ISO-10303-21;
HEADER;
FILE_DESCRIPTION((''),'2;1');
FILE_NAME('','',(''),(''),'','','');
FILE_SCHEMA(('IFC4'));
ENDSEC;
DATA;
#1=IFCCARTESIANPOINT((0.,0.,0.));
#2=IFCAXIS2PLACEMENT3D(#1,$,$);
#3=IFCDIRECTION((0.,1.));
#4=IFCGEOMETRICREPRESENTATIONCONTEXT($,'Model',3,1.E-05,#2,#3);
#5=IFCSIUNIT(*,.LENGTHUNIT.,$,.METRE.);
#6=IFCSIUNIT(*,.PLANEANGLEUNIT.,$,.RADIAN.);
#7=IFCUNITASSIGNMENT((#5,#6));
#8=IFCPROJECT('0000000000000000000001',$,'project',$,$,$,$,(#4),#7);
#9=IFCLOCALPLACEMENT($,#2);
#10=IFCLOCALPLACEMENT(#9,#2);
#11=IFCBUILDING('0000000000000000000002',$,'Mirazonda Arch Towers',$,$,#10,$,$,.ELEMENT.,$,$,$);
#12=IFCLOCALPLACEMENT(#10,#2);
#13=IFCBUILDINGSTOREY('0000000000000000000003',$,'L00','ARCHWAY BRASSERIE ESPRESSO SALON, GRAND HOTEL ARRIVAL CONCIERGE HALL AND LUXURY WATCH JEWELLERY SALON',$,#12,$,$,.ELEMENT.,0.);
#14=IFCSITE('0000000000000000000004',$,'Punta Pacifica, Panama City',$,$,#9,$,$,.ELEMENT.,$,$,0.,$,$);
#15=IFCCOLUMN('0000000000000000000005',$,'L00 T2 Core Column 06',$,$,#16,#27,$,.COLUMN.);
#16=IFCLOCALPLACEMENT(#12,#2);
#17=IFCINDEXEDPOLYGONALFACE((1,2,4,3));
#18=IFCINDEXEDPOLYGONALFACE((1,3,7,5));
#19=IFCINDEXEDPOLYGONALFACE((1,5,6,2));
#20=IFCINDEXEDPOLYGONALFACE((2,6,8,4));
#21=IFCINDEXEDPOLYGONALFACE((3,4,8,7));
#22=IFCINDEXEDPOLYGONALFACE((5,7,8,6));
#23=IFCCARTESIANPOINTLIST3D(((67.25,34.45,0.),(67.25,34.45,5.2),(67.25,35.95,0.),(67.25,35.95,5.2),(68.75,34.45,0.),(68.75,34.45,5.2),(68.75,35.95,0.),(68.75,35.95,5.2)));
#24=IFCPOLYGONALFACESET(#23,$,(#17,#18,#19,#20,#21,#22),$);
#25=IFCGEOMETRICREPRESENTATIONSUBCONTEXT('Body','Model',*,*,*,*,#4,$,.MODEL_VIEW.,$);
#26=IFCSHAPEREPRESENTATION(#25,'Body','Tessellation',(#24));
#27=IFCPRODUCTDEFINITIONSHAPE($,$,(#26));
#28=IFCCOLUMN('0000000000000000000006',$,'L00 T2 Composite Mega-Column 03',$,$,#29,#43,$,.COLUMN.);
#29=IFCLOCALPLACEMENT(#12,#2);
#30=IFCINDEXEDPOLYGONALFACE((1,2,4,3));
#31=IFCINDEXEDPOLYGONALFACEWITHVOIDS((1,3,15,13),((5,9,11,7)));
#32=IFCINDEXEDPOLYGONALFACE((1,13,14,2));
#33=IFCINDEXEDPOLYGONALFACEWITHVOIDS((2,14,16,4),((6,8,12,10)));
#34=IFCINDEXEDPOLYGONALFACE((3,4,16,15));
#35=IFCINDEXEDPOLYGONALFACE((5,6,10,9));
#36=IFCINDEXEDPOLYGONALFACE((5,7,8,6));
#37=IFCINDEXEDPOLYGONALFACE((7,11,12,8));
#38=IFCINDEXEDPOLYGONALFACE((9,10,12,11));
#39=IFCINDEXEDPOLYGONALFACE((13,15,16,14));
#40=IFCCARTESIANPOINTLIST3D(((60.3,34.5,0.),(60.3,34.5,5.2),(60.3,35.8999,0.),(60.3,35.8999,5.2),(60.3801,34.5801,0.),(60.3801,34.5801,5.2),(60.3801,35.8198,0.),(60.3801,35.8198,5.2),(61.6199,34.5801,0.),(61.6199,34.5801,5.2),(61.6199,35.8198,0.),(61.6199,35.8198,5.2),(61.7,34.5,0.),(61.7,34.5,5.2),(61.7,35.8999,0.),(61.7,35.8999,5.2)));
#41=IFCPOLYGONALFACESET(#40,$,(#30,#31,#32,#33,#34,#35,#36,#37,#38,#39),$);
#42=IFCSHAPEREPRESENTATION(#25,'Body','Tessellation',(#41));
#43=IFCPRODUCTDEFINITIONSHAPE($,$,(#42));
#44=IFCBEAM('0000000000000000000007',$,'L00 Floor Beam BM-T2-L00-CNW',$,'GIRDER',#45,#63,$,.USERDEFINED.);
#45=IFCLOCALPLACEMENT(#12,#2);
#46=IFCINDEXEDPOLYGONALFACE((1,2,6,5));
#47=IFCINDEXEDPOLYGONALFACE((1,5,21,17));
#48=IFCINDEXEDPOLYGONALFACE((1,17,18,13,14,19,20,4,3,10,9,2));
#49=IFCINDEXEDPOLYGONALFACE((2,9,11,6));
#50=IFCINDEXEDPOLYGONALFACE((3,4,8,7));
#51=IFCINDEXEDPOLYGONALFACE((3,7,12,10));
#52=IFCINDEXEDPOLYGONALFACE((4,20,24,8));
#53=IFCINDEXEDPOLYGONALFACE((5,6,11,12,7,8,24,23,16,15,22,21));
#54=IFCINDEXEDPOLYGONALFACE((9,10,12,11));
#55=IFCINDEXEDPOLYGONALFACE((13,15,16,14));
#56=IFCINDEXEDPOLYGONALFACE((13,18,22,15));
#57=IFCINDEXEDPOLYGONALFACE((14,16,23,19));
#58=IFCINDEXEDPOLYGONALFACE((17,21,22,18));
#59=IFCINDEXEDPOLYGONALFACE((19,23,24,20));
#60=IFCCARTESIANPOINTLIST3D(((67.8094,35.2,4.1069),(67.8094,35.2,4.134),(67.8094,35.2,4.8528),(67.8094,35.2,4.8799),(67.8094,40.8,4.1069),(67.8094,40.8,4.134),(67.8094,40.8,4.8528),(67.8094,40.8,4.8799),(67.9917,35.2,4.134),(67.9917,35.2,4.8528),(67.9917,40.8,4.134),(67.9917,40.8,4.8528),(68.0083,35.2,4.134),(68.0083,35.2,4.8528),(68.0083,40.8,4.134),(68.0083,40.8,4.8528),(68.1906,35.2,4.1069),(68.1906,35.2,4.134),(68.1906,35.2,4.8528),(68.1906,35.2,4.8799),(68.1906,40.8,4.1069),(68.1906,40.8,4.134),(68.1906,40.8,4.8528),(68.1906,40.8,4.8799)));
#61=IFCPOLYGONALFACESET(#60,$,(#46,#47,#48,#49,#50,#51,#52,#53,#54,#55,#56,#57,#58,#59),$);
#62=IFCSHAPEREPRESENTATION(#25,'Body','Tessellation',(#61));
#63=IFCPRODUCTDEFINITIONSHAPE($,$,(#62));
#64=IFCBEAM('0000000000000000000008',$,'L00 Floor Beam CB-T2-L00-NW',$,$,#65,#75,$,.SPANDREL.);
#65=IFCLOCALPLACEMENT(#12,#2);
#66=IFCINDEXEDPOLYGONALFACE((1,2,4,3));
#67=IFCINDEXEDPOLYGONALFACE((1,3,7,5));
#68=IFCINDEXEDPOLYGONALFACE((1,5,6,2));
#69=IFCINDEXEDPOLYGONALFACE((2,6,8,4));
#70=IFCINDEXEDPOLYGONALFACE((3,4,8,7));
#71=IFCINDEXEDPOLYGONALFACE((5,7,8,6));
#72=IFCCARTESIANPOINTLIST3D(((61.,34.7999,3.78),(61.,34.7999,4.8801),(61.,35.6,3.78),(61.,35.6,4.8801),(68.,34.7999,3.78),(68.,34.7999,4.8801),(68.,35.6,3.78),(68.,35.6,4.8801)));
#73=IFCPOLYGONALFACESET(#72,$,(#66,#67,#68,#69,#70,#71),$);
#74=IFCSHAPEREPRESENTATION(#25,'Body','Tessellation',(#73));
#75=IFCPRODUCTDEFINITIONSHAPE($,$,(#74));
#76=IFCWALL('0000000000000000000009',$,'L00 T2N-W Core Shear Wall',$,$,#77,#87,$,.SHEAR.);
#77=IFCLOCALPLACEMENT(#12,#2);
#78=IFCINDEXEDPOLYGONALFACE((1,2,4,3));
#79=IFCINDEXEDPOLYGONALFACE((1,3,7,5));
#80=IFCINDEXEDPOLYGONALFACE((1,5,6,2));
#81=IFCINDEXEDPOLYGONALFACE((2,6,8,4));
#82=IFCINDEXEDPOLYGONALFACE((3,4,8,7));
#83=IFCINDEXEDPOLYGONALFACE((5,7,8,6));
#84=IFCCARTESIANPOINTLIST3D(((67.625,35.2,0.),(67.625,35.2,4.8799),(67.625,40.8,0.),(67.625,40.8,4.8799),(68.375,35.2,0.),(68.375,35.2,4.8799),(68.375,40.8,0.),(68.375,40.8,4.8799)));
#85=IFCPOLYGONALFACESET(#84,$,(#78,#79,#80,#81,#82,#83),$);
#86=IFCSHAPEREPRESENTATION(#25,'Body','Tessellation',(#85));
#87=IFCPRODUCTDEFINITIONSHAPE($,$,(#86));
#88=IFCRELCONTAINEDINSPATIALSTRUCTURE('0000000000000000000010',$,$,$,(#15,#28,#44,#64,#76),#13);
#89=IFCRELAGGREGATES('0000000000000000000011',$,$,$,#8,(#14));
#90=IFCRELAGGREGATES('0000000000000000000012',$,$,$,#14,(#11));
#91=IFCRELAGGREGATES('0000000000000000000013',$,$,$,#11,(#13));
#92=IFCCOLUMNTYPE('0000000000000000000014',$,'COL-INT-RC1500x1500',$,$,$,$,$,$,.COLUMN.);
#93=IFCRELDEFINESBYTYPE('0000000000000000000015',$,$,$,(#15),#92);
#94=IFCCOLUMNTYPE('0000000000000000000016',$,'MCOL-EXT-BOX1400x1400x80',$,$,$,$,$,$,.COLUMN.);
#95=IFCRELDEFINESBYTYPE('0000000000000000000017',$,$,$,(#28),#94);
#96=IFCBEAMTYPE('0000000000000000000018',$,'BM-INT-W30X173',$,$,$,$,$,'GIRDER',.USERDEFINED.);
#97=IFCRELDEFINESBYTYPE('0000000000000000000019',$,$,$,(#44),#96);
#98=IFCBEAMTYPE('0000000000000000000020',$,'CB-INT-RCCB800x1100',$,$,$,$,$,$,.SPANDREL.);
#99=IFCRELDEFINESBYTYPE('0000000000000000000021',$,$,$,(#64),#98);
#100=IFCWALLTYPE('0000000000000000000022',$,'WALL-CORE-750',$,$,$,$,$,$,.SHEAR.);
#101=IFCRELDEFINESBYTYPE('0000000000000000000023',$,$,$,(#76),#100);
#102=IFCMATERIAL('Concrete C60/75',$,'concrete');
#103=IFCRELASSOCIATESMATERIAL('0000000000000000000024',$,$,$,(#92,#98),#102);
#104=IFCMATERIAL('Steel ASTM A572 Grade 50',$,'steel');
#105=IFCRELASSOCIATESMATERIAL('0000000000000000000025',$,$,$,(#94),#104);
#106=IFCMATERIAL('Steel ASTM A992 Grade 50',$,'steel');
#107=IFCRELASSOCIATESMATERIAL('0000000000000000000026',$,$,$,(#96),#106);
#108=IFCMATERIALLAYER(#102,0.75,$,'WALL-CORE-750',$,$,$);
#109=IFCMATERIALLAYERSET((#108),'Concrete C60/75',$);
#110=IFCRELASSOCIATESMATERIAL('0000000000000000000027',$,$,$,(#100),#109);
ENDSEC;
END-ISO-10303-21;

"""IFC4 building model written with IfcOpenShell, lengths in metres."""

from ifc_helpers import new_model, si_unit, direction, frame, frame_2d, origin, origin_2d, place, context, subcontext, project, spatial, rectangle, hollow_rectangle, i_section, extrude, material, layer, layer_set, material_profile, profile_set, type_object, element, save


model = new_model("IFC4")

# Units and contexts
model_context = context("Model", 3, precision=1e-05, world=origin(), true_north=direction((0.0, 1.0)))
body_context = subcontext(model_context, "Body", "Model", "MODEL_VIEW")
ifc_project = project(units=[si_unit("LENGTHUNIT", "METRE"), si_unit("PLANEANGLEUNIT", "RADIAN")], contexts=[model_context])

# Site, building, storey
site_placement = place(None, origin())
site = spatial("IfcSite", under=ifc_project, at=site_placement, Name="Punta Pacifica, Panama City", CompositionType="ELEMENT", RefElevation=0.0)
building_placement = place(site_placement, origin())
building = spatial("IfcBuilding", under=site, at=building_placement, Name="Mirazonda Arch Towers", CompositionType="ELEMENT")
storey_placement = place(building_placement, origin())
storey = spatial("IfcBuildingStorey", under=building, at=storey_placement, Name="L00", Description="ARCHWAY BRASSERIE ESPRESSO SALON, GRAND HOTEL ARRIVAL CONCIERGE HALL AND LUXURY WATCH JEWELLERY SALON", CompositionType="ELEMENT", Elevation=0.0)

# Columns
ifc_material_1 = material(Name="Concrete C60/75", Category="concrete")
ifc_material_profile_1 = material_profile(ifc_material_1, rectangle(XDim=1.5, YDim=1.5, at=origin_2d()), Name="RC1500x1500")
ifc_profile_set_1 = profile_set([ifc_material_profile_1], Name="Concrete C60/75")
column_type_1 = type_object("IfcColumnType", Name="COL-INT-RC1500x1500", PredefinedType="COLUMN", material=ifc_profile_set_1)
column_1_placement = place(storey_placement, frame((68.0, 35.2, 0.0), z_axis=(0.0, 0.0, 1.0), x_axis=(1.0, 0.0, 0.0)))
element("IfcColumn", 1, at=column_1_placement, inside=storey, type_object=column_type_1, Name="L00 T2 Core Column 06", PredefinedType="COLUMN", context=body_context, shape_type="SweptSolid", body=[
    extrude(rectangle(XDim=1.5, YDim=1.5, at=origin_2d()), origin(), (0.0, 0.0, 1.0), 5.2),
])
ifc_material_2 = material(Name="Steel ASTM A572 Grade 50", Category="steel")
ifc_material_profile_2 = material_profile(ifc_material_2, hollow_rectangle(XDim=1.3999, YDim=1.3999, WallThickness=0.0801, at=origin_2d()), Name="BOX1400x1400x80")
ifc_profile_set_2 = profile_set([ifc_material_profile_2], Name="Steel ASTM A572 Grade 50")
column_type_2 = type_object("IfcColumnType", Name="MCOL-EXT-BOX1400x1400x80", PredefinedType="COLUMN", material=ifc_profile_set_2)
column_2_placement = place(storey_placement, frame((61.0, 35.2, 0.0), z_axis=(0.0, 0.0, 1.0), x_axis=(1.0, 0.0, 0.0)))
element("IfcColumn", 2, at=column_2_placement, inside=storey, type_object=column_type_2, Name="L00 T2 Composite Mega-Column 03", PredefinedType="COLUMN", context=body_context, shape_type="SweptSolid", body=[
    extrude(hollow_rectangle(XDim=1.3999, YDim=1.3999, WallThickness=0.0801, at=origin_2d()), origin(), (0.0, 0.0, 1.0), 5.2),
])

# Beams
ifc_material_3 = material(Name="Steel ASTM A992 Grade 50", Category="steel")
ifc_material_profile_3 = material_profile(ifc_material_3, i_section(OverallWidth=0.3811, OverallDepth=0.7729, WebThickness=0.0166, FlangeThickness=0.0271, at=origin_2d()), Name="W30X173")
ifc_profile_set_3 = profile_set([ifc_material_profile_3], Name="Steel ASTM A992 Grade 50")
beam_type_1 = type_object("IfcBeamType", Name="BM-INT-W30X173", ElementType="GIRDER", PredefinedType="USERDEFINED", material=ifc_profile_set_3)
beam_1_placement = place(storey_placement, frame((68.0, 35.2, 4.4934), z_axis=(0.0, 1.0, 0.0), x_axis=(-1.0, 0.0, 0.0)))
element("IfcBeam", 3, at=beam_1_placement, inside=storey, type_object=beam_type_1, Name="L00 Floor Beam BM-T2-L00-CNW", ObjectType="GIRDER", PredefinedType="USERDEFINED", context=body_context, shape_type="SweptSolid", body=[
    extrude(i_section(OverallWidth=0.3811, OverallDepth=0.7729, WebThickness=0.0166, FlangeThickness=0.0271, at=origin_2d()), origin(), (0.0, 0.0, 1.0), 5.6001),
])
ifc_material_profile_4 = material_profile(ifc_material_1, rectangle(XDim=0.8, YDim=1.1001, at=origin_2d()), Name="RCCB800x1100")
ifc_profile_set_4 = profile_set([ifc_material_profile_4], Name="Concrete C60/75")
beam_type_2 = type_object("IfcBeamType", Name="CB-INT-RCCB800x1100", PredefinedType="SPANDREL", material=ifc_profile_set_4)
beam_2_placement = place(storey_placement, frame((61.0, 35.2, 4.3301), z_axis=(1.0, 0.0, 0.0), x_axis=(0.0, 1.0, 0.0)))
element("IfcBeam", 4, at=beam_2_placement, inside=storey, type_object=beam_type_2, Name="L00 Floor Beam CB-T2-L00-NW", PredefinedType="SPANDREL", context=body_context, shape_type="SweptSolid", body=[
    extrude(rectangle(XDim=0.8, YDim=1.1001, at=origin_2d()), origin(), (0.0, 0.0, 1.0), 7.0),
])

# Wall
ifc_layer_1 = layer(ifc_material_1, 0.75, Name="WALL-CORE-750")
ifc_layer_set_1 = layer_set([ifc_layer_1], Name="Concrete C60/75")
wall_type_1 = type_object("IfcWallType", Name="WALL-CORE-750", PredefinedType="SHEAR", material=ifc_layer_set_1)
wall_1_placement = place(storey_placement, frame((68.0, 35.2, 0.0), z_axis=(0.0, 0.0, 1.0), x_axis=(0.0, 1.0, 0.0)))
element("IfcWall", 5, at=wall_1_placement, inside=storey, type_object=wall_type_1, Name="L00 T2N-W Core Shear Wall", PredefinedType="SHEAR", context=body_context, shape_type="SweptSolid", body=[
    extrude(rectangle(XDim=5.6001, YDim=0.75, at=frame_2d((2.8, 0.0))), origin(), (0.0, 0.0, 1.0), 4.8799),
])

save(model, "model.ifc")
